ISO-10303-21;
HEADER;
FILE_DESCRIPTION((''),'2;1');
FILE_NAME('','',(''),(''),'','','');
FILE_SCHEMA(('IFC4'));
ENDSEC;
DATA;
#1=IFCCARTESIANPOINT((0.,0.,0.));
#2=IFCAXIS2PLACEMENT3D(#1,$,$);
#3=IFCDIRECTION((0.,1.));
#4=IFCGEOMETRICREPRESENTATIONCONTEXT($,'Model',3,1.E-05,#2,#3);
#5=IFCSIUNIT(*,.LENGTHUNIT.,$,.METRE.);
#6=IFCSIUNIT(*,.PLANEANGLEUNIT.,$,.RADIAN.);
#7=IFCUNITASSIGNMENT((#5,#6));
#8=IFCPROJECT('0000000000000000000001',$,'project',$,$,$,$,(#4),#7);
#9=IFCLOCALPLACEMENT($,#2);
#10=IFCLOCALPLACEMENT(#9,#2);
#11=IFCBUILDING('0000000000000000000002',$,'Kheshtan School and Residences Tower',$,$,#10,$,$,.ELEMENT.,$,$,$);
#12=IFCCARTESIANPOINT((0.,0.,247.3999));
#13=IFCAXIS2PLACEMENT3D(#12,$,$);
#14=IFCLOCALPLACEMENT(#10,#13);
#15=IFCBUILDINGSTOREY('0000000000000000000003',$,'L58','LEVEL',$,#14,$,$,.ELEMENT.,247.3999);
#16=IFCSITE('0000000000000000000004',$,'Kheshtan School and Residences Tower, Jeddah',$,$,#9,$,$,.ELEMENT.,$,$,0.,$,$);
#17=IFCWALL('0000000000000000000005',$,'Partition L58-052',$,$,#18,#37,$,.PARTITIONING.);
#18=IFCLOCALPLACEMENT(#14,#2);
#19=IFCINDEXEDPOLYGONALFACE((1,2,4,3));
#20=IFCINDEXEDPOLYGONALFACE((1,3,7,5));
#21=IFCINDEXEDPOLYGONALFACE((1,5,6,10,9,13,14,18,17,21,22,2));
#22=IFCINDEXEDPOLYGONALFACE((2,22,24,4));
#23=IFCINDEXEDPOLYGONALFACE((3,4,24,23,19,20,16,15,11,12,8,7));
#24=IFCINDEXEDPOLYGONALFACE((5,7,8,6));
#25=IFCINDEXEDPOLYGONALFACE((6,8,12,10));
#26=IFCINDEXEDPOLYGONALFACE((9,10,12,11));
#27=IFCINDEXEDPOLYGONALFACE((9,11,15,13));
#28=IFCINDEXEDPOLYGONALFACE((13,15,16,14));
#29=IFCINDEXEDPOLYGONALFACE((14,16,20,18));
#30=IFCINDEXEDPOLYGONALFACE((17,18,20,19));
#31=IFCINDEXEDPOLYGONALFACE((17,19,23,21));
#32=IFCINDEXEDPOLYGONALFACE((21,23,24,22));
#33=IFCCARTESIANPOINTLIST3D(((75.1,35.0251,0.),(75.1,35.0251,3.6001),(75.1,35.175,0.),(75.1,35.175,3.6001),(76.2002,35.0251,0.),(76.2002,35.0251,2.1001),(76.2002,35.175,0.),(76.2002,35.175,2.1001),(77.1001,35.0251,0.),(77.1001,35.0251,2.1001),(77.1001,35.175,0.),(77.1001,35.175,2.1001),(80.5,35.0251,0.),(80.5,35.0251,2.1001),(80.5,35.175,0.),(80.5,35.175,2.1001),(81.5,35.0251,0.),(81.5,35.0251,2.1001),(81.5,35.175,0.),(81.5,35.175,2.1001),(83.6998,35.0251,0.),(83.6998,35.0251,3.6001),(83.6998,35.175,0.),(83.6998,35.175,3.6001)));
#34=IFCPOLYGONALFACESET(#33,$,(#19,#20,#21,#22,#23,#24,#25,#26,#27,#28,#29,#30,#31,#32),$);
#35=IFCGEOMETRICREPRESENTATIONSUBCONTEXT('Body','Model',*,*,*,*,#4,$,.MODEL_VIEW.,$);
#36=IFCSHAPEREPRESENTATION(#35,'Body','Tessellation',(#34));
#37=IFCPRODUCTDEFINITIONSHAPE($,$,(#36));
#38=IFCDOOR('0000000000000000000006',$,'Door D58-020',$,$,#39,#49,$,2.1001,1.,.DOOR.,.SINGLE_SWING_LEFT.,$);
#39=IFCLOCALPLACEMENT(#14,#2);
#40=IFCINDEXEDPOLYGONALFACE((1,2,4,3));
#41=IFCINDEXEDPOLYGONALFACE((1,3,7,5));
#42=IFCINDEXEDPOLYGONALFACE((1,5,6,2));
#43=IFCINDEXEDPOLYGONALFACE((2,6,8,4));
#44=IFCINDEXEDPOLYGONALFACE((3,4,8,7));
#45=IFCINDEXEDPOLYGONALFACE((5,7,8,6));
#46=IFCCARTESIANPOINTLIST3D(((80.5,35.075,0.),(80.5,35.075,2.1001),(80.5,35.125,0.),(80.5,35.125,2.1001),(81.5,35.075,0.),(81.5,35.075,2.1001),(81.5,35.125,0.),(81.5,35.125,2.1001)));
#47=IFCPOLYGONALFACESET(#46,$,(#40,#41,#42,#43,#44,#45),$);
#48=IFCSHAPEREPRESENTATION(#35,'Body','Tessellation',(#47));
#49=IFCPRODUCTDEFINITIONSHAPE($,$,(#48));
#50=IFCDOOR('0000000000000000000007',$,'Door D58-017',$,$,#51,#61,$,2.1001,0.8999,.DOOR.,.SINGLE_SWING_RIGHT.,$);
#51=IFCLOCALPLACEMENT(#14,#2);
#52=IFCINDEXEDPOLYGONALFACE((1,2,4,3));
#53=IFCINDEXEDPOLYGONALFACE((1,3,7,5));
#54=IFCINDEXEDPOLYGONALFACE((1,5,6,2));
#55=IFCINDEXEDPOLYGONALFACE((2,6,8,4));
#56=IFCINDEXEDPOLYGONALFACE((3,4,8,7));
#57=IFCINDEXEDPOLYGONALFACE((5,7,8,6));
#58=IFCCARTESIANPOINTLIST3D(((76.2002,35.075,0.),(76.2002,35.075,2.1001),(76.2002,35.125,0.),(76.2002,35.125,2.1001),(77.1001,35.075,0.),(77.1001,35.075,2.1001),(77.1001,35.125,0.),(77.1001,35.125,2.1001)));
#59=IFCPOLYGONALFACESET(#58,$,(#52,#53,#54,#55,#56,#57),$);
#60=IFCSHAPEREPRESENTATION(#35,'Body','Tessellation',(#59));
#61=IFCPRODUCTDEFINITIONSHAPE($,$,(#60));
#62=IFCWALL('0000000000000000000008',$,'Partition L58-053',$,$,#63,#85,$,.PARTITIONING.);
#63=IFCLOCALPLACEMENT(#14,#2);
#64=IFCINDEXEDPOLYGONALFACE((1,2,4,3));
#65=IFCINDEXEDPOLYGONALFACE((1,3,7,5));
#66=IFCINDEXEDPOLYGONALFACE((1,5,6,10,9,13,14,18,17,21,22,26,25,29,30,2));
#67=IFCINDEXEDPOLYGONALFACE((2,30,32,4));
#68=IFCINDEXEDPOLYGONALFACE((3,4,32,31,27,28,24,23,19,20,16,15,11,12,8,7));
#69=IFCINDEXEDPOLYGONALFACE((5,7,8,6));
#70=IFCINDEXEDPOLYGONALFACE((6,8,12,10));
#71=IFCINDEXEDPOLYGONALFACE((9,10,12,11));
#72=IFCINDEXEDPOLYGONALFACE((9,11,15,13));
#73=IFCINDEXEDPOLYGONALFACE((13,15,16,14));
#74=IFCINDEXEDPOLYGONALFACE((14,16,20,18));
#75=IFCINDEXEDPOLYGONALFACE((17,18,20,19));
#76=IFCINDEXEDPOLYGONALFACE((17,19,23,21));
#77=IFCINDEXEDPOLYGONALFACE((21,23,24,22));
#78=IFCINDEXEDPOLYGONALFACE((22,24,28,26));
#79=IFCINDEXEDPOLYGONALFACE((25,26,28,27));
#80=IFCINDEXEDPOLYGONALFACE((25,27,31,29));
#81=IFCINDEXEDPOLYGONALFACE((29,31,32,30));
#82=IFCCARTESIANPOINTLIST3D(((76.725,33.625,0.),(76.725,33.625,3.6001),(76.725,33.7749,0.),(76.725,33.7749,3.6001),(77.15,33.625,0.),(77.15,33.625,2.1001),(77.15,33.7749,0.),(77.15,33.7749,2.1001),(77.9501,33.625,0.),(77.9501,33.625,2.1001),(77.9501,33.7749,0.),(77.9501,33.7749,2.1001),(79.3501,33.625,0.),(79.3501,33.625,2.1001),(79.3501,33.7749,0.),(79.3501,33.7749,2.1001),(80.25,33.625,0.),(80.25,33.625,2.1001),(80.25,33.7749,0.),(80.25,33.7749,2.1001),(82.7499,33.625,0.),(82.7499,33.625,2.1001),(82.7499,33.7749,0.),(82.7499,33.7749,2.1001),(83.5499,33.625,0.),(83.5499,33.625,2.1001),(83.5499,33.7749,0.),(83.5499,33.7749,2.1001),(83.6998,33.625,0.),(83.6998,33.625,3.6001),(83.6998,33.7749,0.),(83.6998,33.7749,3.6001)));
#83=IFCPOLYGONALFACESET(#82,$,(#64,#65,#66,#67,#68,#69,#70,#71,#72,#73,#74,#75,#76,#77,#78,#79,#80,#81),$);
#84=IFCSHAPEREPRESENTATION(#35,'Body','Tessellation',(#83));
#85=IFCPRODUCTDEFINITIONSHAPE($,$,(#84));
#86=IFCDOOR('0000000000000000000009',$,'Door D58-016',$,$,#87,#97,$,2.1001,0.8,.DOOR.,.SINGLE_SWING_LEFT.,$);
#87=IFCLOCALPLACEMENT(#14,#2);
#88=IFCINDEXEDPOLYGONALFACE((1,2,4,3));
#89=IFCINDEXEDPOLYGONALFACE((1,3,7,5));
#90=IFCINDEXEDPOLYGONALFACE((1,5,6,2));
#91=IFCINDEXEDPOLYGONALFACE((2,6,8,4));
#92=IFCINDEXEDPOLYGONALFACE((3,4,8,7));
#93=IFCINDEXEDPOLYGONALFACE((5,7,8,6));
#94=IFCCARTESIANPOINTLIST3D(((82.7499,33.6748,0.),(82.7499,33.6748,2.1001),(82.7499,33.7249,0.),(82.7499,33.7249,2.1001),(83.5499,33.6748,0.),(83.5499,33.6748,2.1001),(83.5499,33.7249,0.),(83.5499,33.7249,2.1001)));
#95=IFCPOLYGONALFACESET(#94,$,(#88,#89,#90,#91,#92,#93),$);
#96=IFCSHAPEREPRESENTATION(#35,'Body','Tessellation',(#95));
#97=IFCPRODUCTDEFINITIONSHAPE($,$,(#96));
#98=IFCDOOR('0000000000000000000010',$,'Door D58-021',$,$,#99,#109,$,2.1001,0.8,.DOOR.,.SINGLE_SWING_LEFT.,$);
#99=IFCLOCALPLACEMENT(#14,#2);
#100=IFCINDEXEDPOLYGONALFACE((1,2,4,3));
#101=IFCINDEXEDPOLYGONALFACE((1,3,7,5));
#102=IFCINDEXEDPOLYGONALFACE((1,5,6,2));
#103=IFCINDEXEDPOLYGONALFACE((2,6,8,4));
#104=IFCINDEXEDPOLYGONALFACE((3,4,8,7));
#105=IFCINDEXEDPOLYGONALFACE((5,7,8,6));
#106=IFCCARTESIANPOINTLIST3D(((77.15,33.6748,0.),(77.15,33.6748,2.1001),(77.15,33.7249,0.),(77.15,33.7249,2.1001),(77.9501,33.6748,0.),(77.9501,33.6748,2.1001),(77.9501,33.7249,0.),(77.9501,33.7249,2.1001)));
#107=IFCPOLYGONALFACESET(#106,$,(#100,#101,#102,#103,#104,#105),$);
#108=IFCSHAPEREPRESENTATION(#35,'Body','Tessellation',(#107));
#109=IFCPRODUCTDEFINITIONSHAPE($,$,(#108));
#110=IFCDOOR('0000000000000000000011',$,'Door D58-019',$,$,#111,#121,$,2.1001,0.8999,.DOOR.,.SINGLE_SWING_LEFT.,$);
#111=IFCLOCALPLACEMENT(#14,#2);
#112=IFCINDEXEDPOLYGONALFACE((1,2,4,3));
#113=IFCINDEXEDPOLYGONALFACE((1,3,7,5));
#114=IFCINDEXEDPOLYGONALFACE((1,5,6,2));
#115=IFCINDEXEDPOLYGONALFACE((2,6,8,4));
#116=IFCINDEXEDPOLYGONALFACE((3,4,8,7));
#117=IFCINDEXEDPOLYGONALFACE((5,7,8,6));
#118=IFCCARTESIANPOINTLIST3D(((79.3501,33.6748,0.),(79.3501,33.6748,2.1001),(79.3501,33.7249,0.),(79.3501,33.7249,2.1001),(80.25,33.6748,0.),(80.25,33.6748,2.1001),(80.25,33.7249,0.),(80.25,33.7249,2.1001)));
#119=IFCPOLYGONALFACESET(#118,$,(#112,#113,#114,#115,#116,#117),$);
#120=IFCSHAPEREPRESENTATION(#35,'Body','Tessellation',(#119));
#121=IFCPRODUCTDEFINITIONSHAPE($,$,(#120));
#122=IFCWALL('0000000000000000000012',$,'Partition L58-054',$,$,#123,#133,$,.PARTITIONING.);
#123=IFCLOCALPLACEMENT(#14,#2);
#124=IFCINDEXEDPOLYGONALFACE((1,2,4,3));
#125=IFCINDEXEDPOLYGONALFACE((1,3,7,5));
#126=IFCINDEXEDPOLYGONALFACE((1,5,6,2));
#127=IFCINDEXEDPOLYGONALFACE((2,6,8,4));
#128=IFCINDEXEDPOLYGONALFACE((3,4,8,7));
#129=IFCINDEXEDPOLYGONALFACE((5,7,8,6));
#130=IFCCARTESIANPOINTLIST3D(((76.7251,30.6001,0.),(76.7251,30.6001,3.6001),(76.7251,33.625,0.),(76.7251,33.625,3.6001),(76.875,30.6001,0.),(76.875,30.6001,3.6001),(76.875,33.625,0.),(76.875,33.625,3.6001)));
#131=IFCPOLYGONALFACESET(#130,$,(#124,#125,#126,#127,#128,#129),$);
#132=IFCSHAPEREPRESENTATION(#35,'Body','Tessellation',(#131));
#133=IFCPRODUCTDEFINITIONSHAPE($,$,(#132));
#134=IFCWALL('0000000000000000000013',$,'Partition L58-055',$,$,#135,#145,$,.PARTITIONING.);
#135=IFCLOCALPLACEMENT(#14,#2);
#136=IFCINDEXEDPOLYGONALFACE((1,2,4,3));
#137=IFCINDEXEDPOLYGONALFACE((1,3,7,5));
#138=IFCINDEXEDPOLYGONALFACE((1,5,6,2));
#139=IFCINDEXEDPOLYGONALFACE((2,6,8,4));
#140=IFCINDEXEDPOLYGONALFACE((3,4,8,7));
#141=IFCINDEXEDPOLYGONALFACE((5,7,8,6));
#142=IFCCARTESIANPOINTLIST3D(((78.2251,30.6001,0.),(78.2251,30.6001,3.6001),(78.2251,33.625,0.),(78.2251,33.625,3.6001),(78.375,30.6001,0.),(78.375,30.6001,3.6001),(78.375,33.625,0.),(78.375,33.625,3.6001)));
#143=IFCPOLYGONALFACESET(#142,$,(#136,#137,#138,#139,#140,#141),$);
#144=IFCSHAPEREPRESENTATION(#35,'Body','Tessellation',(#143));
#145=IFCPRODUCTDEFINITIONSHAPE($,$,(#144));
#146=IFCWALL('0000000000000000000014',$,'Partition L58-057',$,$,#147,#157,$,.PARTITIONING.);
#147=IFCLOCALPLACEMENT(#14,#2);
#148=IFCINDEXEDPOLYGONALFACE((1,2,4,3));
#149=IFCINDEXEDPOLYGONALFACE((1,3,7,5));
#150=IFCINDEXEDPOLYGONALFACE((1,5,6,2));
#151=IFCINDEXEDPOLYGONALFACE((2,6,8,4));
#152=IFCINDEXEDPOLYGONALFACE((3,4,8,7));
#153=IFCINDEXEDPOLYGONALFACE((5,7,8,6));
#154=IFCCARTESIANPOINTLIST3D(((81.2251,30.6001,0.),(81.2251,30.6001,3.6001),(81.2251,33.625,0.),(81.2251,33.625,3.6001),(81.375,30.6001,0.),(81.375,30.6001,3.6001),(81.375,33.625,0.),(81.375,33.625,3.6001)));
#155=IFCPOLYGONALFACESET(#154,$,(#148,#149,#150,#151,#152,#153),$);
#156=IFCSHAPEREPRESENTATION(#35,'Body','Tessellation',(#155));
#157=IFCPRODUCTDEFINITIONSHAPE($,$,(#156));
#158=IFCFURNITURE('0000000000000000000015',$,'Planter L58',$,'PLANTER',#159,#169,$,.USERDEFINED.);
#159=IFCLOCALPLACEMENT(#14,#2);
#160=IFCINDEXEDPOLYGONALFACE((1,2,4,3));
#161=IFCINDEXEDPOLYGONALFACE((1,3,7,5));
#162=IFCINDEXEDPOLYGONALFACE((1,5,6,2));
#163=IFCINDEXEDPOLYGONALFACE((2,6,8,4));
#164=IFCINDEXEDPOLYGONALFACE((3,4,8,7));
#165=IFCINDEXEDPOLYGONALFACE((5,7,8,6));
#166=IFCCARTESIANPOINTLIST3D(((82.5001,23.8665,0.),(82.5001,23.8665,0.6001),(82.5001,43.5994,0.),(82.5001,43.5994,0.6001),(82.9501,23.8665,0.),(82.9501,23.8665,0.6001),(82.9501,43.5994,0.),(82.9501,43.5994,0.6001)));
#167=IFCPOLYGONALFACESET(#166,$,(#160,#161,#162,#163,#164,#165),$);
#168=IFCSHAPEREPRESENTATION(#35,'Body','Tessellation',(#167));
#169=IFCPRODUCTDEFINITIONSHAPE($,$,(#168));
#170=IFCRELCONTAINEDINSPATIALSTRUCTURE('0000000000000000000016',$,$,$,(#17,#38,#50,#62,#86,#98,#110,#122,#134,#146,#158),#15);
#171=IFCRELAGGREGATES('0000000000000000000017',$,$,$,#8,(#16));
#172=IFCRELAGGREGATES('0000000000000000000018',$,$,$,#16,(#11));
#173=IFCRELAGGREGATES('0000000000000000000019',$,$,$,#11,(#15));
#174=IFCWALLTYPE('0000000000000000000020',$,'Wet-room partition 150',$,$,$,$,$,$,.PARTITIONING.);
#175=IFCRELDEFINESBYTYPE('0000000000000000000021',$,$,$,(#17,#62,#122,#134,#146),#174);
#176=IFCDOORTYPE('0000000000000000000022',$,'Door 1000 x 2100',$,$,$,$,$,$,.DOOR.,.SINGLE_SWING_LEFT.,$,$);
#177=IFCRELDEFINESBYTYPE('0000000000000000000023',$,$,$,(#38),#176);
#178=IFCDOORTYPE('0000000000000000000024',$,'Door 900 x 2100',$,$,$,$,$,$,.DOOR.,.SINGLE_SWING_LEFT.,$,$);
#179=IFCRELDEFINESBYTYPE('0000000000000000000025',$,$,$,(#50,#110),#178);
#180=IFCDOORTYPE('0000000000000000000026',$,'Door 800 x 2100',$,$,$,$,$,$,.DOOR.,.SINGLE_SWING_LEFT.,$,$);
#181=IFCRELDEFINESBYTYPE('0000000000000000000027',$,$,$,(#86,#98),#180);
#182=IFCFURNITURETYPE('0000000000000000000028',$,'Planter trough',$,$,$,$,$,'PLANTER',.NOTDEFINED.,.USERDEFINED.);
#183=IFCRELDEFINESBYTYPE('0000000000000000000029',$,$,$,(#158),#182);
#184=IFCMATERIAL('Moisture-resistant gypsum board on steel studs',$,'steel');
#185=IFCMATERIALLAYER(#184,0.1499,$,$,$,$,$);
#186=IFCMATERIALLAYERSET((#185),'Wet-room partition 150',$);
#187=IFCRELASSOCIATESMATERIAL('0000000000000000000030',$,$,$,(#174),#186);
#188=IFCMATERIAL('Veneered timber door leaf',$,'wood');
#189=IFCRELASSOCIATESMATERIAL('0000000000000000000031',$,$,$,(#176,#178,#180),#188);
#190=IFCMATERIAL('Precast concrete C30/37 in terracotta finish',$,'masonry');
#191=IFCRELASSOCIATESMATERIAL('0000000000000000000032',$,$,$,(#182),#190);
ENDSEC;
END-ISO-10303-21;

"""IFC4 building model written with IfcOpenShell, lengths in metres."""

from ifc_helpers import new_model, si_unit, direction, frame, frame_2d, origin, origin_2d, place, context, subcontext, project, spatial, rectangle, extrude, source, transform, mapped, material, layer, layer_set, type_object, element, fill, save


model = new_model("IFC4")

# Units and contexts
model_context = context("Model", 3, precision=1e-05, world=origin(), true_north=direction((0.0, 1.0)))
body_context = subcontext(model_context, "Body", "Model", "MODEL_VIEW")
ifc_project = project(units=[si_unit("LENGTHUNIT", "METRE"), si_unit("PLANEANGLEUNIT", "RADIAN")], contexts=[model_context])

# Site, building, storey
site_placement = place(None, origin())
site = spatial("IfcSite", under=ifc_project, at=site_placement, Name="Kheshtan School and Residences Tower, Jeddah", CompositionType="ELEMENT", RefElevation=0.0)
building_placement = place(site_placement, origin())
building = spatial("IfcBuilding", under=site, at=building_placement, Name="Kheshtan School and Residences Tower", CompositionType="ELEMENT")
storey_placement = place(building_placement, frame((0.0, 0.0, 247.3999)))
storey = spatial("IfcBuildingStorey", under=building, at=storey_placement, Name="L58", Description="LEVEL", CompositionType="ELEMENT", Elevation=247.3999)

# Walls, openings, doors
ifc_material_1 = material(Name="Moisture-resistant gypsum board on steel studs", Category="steel")
ifc_layer_1 = layer(ifc_material_1, 0.1499)
ifc_layer_set_1 = layer_set([ifc_layer_1], Name="Wet-room partition 150")
wall_type_1 = type_object("IfcWallType", Name="Wet-room partition 150", PredefinedType="PARTITIONING", material=ifc_layer_set_1)
wall_1_placement = place(storey_placement, frame((75.1001, 35.1001, 0.0), z_axis=(0.0, 0.0, 1.0), x_axis=(1.0, 0.0, 0.0)))
wall_1 = element("IfcWall", 1, at=wall_1_placement, inside=storey, type_object=wall_type_1, Name="Partition L58-052", PredefinedType="PARTITIONING", context=body_context, shape_type="SweptSolid", body=[
    extrude(rectangle(XDim=8.5999, YDim=0.1499, at=frame_2d((4.2998, 0.0))), origin(), (0.0, 0.0, 1.0), 3.6001),
])
opening_1_placement = place(wall_1_placement, frame((1.1001, 0.0, 0.0)))
opening_1 = element("IfcOpeningElement", 2, at=opening_1_placement, cuts=wall_1, PredefinedType="OPENING", context=body_context, shape_type="SweptSolid", body=[
    extrude(rectangle(XDim=0.8999, YDim=2.1001, at=frame_2d((0.45, 1.05))), frame((0.0, 0.085, 0.0), z_axis=(0.0, -1.0, 0.0), x_axis=(1.0, 0.0, 0.0)), (0.0, 0.0, 1.0), 0.1699),
])
opening_2_placement = place(wall_1_placement, frame((5.3999, 0.0, 0.0)))
opening_2 = element("IfcOpeningElement", 3, at=opening_2_placement, cuts=wall_1, PredefinedType="OPENING", context=body_context, shape_type="SweptSolid", body=[
    extrude(rectangle(XDim=1.0, YDim=2.1001, at=frame_2d((0.5, 1.05))), frame((0.0, 0.085, 0.0), z_axis=(0.0, -1.0, 0.0), x_axis=(1.0, 0.0, 0.0)), (0.0, 0.0, 1.0), 0.1699),
])
ifc_material_2 = material(Name="Veneered timber door leaf", Category="wood")
door_type_1 = type_object("IfcDoorType", Name="Door 1000 x 2100", OperationType="SINGLE_SWING_LEFT", PredefinedType="DOOR", material=ifc_material_2)
shared_shape_1 = source(origin(), body_context, "Body", "SweptSolid", [
    extrude(rectangle(XDim=1.0, YDim=2.1001, at=frame_2d((0.5, 1.05))), frame((0.0, 0.0249, 0.0), z_axis=(0.0, -1.0, 0.0), x_axis=(1.0, 0.0, 0.0)), (0.0, 0.0, 1.0), 0.05),
])
door_1_placement = place(opening_2_placement, origin())
door_1 = element("IfcDoor", 4, at=door_1_placement, inside=storey, type_object=door_type_1, Name="Door D58-020", OperationType="SINGLE_SWING_LEFT", OverallHeight=2.1001, OverallWidth=1.0, PredefinedType="DOOR", context=body_context, shape_type="MappedRepresentation", body=[
    mapped(shared_shape_1, transform((0.0, 0.0, 0.0), x_axis=(1.0, 0.0, 0.0), y_axis=(0.0, 1.0, 0.0), z_axis=(0.0, 0.0, 1.0), scale=1.0)),
])
fill(opening_2, door_1)
door_type_2 = type_object("IfcDoorType", Name="Door 900 x 2100", OperationType="SINGLE_SWING_LEFT", PredefinedType="DOOR", material=ifc_material_2)
shared_shape_2 = source(origin(), body_context, "Body", "SweptSolid", [
    extrude(rectangle(XDim=0.8999, YDim=2.1001, at=frame_2d((0.45, 1.05))), frame((0.0, 0.0249, 0.0), z_axis=(0.0, -1.0, 0.0), x_axis=(1.0, 0.0, 0.0)), (0.0, 0.0, 1.0), 0.05),
])
door_2_placement = place(opening_1_placement, origin())
door_2 = element("IfcDoor", 5, at=door_2_placement, inside=storey, type_object=door_type_2, Name="Door D58-017", OperationType="SINGLE_SWING_RIGHT", OverallHeight=2.1001, OverallWidth=0.8999, PredefinedType="DOOR", context=body_context, shape_type="MappedRepresentation", body=[
    mapped(shared_shape_2, transform((0.0, 0.0, 0.0), x_axis=(1.0, 0.0, 0.0), y_axis=(0.0, 1.0, 0.0), z_axis=(0.0, 0.0, 1.0), scale=1.0)),
])
fill(opening_1, door_2)
wall_2_placement = place(storey_placement, frame((76.7251, 33.7, 0.0), z_axis=(0.0, 0.0, 1.0), x_axis=(1.0, 0.0, 0.0)))
wall_2 = element("IfcWall", 6, at=wall_2_placement, inside=storey, type_object=wall_type_1, Name="Partition L58-053", PredefinedType="PARTITIONING", context=body_context, shape_type="SweptSolid", body=[
    extrude(rectangle(XDim=6.9749, YDim=0.1499, at=frame_2d((3.4873, 0.0))), origin(), (0.0, 0.0, 1.0), 3.6001),
])
opening_3_placement = place(wall_2_placement, frame((6.0249, 0.0, 0.0)))
opening_3 = element("IfcOpeningElement", 7, at=opening_3_placement, cuts=wall_2, PredefinedType="OPENING", context=body_context, shape_type="SweptSolid", body=[
    extrude(rectangle(XDim=0.8, YDim=2.1001, at=frame_2d((0.3999, 1.05))), frame((0.0, 0.085, 0.0), z_axis=(0.0, -1.0, 0.0), x_axis=(1.0, 0.0, 0.0)), (0.0, 0.0, 1.0), 0.1699),
])
opening_4_placement = place(wall_2_placement, frame((2.625, 0.0, 0.0)))
opening_4 = element("IfcOpeningElement", 8, at=opening_4_placement, cuts=wall_2, PredefinedType="OPENING", context=body_context, shape_type="SweptSolid", body=[
    extrude(rectangle(XDim=0.8999, YDim=2.1001, at=frame_2d((0.45, 1.05))), frame((0.0, 0.085, 0.0), z_axis=(0.0, -1.0, 0.0), x_axis=(1.0, 0.0, 0.0)), (0.0, 0.0, 1.0), 0.1699),
])
opening_5_placement = place(wall_2_placement, frame((0.425, 0.0, 0.0)))
opening_5 = element("IfcOpeningElement", 9, at=opening_5_placement, cuts=wall_2, PredefinedType="OPENING", context=body_context, shape_type="SweptSolid", body=[
    extrude(rectangle(XDim=0.8, YDim=2.1001, at=frame_2d((0.3999, 1.05))), frame((0.0, 0.085, 0.0), z_axis=(0.0, -1.0, 0.0), x_axis=(1.0, 0.0, 0.0)), (0.0, 0.0, 1.0), 0.1699),
])
door_type_3 = type_object("IfcDoorType", Name="Door 800 x 2100", OperationType="SINGLE_SWING_LEFT", PredefinedType="DOOR", material=ifc_material_2)
shared_shape_3 = source(origin(), body_context, "Body", "SweptSolid", [
    extrude(rectangle(XDim=0.8, YDim=2.1001, at=frame_2d((0.3999, 1.05))), frame((0.0, 0.0249, 0.0), z_axis=(0.0, -1.0, 0.0), x_axis=(1.0, 0.0, 0.0)), (0.0, 0.0, 1.0), 0.05),
])
door_3_placement = place(opening_3_placement, origin())
door_3 = element("IfcDoor", 10, at=door_3_placement, inside=storey, type_object=door_type_3, Name="Door D58-016", OperationType="SINGLE_SWING_LEFT", OverallHeight=2.1001, OverallWidth=0.8, PredefinedType="DOOR", context=body_context, shape_type="MappedRepresentation", body=[
    mapped(shared_shape_3, transform((0.0, 0.0, 0.0), x_axis=(1.0, 0.0, 0.0), y_axis=(0.0, 1.0, 0.0), z_axis=(0.0, 0.0, 1.0), scale=1.0)),
])
fill(opening_3, door_3)
door_4_placement = place(opening_5_placement, origin())
door_4 = element("IfcDoor", 11, at=door_4_placement, inside=storey, type_object=door_type_3, Name="Door D58-021", OperationType="SINGLE_SWING_LEFT", OverallHeight=2.1001, OverallWidth=0.8, PredefinedType="DOOR", context=body_context, shape_type="MappedRepresentation", body=[
    mapped(shared_shape_3, transform((0.0, 0.0, 0.0), x_axis=(1.0, 0.0, 0.0), y_axis=(0.0, 1.0, 0.0), z_axis=(0.0, 0.0, 1.0), scale=1.0)),
])
fill(opening_5, door_4)
door_5_placement = place(opening_4_placement, origin())
door_5 = element("IfcDoor", 12, at=door_5_placement, inside=storey, type_object=door_type_2, Name="Door D58-019", OperationType="SINGLE_SWING_LEFT", OverallHeight=2.1001, OverallWidth=0.8999, PredefinedType="DOOR", context=body_context, shape_type="MappedRepresentation", body=[
    mapped(shared_shape_2, transform((0.0, 0.0, 0.0), x_axis=(1.0, 0.0, 0.0), y_axis=(0.0, 1.0, 0.0), z_axis=(0.0, 0.0, 1.0), scale=1.0)),
])
fill(opening_4, door_5)

# Walls
for number, where, z_axis, x_axis, name in (
    (13, (76.8, 30.6001, 0.0), (0.0, 0.0, 1.0), (0.0, 1.0, 0.0), "Partition L58-054"),
    (14, (78.3, 30.6001, 0.0), (0.0, 0.0, 1.0), (0.0, 1.0, 0.0), "Partition L58-055"),
    (15, (81.3, 30.6001, 0.0), (0.0, 0.0, 1.0), (0.0, 1.0, 0.0), "Partition L58-057"),
):
    element("IfcWall", number, at=place(storey_placement, frame(where, z_axis=z_axis, x_axis=x_axis)), inside=storey, type_object=wall_type_1, Name=name, PredefinedType="PARTITIONING", context=body_context, shape_type="SweptSolid", body=[
        extrude(rectangle(XDim=3.0249, YDim=0.1499, at=frame_2d((1.5125, 0.0))), origin(), (0.0, 0.0, 1.0), 3.6001),
    ])

# Furniture
ifc_material_3 = material(Name="Precast concrete C30/37 in terracotta finish", Category="masonry")
furniture_type = type_object("IfcFurnitureType", Name="Planter trough", ElementType="PLANTER", AssemblyPlace="NOTDEFINED", PredefinedType="USERDEFINED", material=ifc_material_3)
furniture_placement = place(storey_placement, frame((82.7251, 33.7329, 0.0), z_axis=(0.0, 0.0, 1.0), x_axis=(0.0, -1.0, 0.0)))
element("IfcFurniture", 16, at=furniture_placement, inside=storey, type_object=furniture_type, Name="Planter L58", ObjectType="PLANTER", PredefinedType="USERDEFINED", context=body_context, shape_type="SweptSolid", body=[
    extrude(rectangle(XDim=19.7329, YDim=0.45, at=origin_2d()), origin(), (0.0, 0.0, 1.0), 0.6001),
])

save(model, "model.ifc")
